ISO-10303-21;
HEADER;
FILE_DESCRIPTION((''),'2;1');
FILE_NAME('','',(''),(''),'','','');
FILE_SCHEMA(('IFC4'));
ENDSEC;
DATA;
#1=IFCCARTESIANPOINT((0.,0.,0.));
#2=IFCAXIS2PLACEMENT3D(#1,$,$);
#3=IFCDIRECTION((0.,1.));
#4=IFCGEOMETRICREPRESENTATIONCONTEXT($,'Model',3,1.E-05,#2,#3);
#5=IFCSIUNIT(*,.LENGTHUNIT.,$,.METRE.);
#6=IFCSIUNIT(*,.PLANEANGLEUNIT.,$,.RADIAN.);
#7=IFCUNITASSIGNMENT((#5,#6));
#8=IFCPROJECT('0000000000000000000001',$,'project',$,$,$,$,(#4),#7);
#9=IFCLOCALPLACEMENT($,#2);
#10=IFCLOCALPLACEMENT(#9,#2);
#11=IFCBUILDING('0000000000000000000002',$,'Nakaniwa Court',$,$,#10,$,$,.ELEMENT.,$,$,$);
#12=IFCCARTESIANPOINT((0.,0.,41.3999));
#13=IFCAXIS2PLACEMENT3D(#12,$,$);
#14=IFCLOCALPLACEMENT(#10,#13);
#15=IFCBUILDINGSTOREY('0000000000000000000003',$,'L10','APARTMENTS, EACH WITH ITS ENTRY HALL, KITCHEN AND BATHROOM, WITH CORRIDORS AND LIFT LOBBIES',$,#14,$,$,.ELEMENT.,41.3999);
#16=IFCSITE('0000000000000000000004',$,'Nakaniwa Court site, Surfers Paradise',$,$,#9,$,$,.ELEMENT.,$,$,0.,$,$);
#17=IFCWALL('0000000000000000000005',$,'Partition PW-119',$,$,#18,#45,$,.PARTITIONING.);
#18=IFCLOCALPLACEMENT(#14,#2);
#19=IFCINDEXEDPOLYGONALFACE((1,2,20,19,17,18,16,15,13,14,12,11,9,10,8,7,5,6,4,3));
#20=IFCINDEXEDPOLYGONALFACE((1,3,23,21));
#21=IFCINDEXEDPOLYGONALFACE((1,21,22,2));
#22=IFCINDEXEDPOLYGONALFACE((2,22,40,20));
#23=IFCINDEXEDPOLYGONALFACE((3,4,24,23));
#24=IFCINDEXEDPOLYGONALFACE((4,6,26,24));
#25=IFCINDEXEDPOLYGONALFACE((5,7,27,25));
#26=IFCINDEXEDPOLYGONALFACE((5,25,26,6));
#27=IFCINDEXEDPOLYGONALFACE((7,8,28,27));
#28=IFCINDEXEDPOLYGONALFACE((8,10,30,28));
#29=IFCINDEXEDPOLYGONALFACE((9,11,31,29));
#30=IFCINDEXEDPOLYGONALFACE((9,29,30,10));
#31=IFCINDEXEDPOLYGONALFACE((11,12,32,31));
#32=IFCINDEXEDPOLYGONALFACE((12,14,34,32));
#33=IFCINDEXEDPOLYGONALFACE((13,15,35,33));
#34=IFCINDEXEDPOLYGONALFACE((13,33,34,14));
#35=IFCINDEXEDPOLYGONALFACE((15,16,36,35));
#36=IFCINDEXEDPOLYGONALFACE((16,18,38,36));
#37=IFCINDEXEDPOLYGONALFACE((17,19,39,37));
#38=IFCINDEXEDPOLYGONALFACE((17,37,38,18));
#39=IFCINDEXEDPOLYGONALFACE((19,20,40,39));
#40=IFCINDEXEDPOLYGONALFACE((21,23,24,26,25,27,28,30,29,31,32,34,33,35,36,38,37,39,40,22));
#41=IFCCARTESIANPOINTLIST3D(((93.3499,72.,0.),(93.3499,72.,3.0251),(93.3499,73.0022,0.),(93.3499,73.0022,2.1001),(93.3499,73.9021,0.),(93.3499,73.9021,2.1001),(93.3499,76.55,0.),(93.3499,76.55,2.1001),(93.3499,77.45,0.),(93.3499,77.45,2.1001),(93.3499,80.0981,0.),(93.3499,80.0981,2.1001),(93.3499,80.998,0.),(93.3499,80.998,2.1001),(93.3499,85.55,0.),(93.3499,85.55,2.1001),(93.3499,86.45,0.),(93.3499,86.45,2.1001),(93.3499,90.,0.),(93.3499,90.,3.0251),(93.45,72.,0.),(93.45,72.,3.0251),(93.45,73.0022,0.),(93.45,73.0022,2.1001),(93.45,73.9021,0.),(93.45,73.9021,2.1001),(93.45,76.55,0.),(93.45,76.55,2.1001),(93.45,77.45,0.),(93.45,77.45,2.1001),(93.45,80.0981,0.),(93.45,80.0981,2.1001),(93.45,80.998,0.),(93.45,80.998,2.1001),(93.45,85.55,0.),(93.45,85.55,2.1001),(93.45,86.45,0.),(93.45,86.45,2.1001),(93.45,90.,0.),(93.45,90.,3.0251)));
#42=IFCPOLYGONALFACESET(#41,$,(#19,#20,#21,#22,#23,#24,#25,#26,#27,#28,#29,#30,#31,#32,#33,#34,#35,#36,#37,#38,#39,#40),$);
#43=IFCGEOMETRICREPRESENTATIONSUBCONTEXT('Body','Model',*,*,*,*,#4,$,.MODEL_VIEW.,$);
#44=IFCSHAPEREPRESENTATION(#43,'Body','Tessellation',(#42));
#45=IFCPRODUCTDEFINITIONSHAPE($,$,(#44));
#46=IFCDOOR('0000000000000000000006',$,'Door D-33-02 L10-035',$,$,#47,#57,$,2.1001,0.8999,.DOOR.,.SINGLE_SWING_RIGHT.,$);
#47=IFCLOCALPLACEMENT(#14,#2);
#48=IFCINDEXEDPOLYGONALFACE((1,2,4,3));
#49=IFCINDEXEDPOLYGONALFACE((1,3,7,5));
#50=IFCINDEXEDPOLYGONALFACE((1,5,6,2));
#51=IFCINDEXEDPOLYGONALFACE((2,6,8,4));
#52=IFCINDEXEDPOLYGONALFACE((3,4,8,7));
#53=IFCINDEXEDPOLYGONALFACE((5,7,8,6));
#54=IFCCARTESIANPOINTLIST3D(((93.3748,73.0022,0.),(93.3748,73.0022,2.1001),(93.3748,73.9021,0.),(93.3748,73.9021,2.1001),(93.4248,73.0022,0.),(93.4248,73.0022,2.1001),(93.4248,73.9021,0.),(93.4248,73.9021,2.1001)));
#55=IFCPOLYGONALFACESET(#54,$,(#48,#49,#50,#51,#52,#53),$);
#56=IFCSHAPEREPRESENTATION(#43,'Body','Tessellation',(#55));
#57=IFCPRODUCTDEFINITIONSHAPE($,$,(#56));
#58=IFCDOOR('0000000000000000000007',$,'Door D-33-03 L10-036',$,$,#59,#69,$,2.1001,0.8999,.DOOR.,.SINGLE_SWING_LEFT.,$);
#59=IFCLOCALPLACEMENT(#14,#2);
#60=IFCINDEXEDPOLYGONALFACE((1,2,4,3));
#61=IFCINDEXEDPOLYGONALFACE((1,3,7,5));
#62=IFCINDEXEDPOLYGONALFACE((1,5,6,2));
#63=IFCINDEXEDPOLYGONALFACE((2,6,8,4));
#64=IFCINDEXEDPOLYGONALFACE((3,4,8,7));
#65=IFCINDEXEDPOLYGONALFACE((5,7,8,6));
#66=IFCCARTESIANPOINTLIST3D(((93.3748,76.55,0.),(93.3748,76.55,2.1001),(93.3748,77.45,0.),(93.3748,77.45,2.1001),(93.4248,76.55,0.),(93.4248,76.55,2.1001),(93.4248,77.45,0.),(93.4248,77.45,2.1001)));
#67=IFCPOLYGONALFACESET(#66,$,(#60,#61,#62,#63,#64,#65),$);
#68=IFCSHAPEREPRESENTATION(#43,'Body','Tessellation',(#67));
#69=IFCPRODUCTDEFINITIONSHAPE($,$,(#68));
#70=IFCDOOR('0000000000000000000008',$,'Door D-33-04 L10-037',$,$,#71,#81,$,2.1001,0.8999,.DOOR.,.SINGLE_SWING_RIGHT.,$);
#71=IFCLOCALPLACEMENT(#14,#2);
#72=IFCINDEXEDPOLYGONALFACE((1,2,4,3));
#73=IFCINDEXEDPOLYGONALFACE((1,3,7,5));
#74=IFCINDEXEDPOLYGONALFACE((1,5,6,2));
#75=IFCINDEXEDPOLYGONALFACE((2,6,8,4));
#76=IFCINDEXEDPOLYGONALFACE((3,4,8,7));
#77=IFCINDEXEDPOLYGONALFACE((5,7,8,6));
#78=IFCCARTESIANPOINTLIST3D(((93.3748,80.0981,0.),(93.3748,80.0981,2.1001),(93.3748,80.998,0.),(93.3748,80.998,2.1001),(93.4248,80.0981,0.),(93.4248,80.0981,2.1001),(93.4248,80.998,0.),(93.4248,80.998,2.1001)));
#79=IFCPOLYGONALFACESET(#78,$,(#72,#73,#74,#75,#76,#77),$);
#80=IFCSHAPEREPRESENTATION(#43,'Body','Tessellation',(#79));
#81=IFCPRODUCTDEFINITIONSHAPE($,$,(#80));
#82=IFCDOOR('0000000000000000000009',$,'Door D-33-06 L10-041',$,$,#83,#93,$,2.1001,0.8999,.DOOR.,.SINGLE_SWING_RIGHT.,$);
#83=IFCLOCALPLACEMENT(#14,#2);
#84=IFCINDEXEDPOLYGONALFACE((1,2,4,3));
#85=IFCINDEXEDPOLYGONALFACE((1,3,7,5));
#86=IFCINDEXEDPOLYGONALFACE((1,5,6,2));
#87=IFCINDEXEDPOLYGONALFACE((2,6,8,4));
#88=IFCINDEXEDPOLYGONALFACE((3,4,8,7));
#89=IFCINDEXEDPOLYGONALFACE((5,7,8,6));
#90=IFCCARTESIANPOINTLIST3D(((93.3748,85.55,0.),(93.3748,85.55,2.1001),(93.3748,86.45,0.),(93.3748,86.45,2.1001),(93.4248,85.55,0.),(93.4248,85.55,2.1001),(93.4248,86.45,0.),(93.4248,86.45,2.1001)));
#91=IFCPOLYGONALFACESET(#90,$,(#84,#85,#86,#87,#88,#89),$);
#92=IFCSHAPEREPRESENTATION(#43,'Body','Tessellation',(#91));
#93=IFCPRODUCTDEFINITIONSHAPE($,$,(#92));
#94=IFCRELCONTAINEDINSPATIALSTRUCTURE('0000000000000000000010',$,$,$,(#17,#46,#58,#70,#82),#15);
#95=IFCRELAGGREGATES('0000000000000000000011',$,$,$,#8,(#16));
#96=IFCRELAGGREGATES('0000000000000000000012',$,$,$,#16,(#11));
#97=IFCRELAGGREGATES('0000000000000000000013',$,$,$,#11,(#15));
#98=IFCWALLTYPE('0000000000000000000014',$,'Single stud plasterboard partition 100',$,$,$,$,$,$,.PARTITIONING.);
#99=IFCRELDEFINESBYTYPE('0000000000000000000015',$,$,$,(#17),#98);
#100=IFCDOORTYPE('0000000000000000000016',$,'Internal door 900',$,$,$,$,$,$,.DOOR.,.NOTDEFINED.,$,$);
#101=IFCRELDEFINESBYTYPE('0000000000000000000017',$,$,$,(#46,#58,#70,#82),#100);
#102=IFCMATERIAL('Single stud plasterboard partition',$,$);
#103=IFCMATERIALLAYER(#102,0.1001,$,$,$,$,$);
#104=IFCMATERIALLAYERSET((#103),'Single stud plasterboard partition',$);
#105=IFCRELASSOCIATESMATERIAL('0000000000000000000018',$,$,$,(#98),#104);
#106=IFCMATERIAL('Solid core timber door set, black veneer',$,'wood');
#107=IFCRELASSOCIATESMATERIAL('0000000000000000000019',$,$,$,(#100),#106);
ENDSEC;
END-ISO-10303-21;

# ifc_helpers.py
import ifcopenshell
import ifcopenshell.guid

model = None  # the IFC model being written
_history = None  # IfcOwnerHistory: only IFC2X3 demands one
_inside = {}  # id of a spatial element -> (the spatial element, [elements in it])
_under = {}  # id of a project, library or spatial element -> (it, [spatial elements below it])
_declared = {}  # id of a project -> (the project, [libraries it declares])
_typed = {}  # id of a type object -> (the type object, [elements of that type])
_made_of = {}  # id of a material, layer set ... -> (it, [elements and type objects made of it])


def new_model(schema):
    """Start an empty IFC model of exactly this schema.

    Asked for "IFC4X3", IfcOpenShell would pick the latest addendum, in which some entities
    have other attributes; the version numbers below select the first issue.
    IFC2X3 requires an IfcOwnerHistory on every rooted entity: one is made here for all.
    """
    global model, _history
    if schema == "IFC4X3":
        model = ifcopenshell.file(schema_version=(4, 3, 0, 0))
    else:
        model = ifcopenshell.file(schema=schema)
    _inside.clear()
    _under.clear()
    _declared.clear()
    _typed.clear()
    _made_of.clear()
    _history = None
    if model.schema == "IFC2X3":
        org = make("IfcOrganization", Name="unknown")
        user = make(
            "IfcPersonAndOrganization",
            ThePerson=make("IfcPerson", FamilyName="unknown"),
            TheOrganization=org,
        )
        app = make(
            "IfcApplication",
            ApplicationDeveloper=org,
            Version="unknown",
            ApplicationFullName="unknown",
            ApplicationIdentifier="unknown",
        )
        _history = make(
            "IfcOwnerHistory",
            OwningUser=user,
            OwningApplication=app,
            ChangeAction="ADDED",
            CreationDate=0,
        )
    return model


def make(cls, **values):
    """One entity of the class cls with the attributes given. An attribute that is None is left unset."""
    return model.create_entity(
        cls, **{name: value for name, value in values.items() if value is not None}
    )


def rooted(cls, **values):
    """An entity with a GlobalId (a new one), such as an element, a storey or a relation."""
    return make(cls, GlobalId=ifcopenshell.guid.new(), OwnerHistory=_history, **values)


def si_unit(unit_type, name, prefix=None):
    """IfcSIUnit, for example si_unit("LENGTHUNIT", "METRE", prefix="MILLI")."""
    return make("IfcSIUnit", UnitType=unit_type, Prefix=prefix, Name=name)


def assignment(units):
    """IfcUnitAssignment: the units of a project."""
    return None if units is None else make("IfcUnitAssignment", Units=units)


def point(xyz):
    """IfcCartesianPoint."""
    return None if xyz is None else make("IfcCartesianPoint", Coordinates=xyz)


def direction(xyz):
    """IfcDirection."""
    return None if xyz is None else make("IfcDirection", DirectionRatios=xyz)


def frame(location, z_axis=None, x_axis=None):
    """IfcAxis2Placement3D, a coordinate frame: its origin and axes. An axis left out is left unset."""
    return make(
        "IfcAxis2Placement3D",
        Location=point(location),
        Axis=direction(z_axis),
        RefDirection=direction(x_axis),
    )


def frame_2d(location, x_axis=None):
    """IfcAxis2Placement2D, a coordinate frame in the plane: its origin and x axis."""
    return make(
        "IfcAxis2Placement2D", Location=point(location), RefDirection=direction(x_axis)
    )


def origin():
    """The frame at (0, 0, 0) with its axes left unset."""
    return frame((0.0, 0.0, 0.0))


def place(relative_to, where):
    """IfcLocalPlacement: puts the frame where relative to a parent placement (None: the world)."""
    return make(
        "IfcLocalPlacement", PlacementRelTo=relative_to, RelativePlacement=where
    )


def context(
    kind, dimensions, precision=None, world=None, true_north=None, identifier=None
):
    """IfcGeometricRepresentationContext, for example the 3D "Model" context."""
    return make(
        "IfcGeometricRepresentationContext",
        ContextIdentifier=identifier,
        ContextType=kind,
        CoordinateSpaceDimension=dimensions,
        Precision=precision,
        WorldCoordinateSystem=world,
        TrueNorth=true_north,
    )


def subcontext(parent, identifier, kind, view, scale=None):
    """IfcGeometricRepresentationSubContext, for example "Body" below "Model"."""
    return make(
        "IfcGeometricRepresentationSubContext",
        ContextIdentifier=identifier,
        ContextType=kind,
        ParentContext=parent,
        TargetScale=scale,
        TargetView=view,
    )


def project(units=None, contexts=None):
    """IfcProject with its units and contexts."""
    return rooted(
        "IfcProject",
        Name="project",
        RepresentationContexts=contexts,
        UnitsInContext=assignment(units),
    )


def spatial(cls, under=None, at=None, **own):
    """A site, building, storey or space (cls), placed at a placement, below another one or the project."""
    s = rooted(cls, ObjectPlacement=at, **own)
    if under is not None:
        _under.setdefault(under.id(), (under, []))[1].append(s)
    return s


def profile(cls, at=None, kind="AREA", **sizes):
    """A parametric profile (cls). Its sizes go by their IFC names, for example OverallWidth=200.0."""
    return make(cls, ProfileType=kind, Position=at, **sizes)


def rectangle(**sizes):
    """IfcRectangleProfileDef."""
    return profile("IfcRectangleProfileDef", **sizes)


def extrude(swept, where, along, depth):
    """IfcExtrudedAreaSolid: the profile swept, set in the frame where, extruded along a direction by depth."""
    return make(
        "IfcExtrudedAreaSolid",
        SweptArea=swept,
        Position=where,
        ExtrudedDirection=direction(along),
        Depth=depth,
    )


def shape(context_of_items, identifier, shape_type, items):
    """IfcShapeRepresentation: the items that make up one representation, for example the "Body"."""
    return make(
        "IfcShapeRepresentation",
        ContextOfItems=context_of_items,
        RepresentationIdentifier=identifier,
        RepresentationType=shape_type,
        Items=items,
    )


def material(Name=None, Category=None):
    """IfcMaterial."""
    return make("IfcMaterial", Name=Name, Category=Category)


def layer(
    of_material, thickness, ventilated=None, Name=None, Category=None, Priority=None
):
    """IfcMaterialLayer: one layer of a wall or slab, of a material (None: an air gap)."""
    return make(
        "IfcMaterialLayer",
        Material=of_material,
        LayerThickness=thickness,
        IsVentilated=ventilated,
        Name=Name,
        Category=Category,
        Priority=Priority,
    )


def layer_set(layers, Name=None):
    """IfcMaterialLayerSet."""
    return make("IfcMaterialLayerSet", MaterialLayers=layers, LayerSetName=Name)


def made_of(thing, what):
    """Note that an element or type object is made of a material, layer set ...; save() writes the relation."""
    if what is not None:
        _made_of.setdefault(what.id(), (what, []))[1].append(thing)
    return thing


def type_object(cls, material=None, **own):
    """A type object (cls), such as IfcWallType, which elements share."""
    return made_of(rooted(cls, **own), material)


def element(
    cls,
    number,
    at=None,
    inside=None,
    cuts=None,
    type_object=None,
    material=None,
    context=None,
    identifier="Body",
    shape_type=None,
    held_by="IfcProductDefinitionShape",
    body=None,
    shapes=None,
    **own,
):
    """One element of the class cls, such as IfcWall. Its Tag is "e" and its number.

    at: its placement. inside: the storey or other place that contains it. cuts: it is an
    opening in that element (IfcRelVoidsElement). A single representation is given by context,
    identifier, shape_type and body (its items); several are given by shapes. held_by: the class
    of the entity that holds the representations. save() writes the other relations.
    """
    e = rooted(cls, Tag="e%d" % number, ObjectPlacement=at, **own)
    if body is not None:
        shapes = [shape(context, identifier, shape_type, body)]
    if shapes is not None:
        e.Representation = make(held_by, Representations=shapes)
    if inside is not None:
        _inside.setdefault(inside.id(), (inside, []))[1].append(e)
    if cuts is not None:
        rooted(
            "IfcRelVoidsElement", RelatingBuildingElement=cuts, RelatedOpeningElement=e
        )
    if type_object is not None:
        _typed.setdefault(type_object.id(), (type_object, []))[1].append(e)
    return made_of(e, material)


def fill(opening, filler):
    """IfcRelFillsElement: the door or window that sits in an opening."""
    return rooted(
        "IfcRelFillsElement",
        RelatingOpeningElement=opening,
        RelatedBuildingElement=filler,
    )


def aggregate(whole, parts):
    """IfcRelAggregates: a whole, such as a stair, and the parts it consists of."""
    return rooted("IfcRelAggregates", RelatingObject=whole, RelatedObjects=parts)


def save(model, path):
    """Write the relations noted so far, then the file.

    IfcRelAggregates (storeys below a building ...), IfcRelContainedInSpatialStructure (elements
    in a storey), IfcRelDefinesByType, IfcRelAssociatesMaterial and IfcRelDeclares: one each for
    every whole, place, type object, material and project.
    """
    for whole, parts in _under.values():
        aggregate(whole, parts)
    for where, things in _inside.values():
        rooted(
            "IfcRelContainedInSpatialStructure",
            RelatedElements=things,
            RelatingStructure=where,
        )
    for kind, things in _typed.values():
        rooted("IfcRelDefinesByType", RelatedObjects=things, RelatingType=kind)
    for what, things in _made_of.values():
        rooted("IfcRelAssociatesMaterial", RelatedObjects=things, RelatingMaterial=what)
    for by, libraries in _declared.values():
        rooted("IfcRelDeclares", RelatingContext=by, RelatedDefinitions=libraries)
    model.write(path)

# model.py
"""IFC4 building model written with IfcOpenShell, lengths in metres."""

from ifc_helpers import new_model, si_unit, direction, frame, frame_2d, origin, place, context, subcontext, project, spatial, rectangle, extrude, material, layer, layer_set, type_object, element, fill, save


model = new_model("IFC4")

# Units and contexts
model_context = context("Model", 3, precision=1e-05, world=origin(), true_north=direction((0.0, 1.0)))
body_context = subcontext(model_context, "Body", "Model", "MODEL_VIEW")
ifc_project = project(units=[si_unit("LENGTHUNIT", "METRE"), si_unit("PLANEANGLEUNIT", "RADIAN")], contexts=[model_context])

# Site, building, storey
site_placement = place(None, origin())
site = spatial("IfcSite", under=ifc_project, at=site_placement, Name="Nakaniwa Court site, Surfers Paradise", CompositionType="ELEMENT", RefElevation=0.0)
building_placement = place(site_placement, origin())
building = spatial("IfcBuilding", under=site, at=building_placement, Name="Nakaniwa Court", CompositionType="ELEMENT")
storey_placement = place(building_placement, frame((0.0, 0.0, 41.3999)))
storey = spatial("IfcBuildingStorey", under=building, at=storey_placement, Name="L10", Description="APARTMENTS, EACH WITH ITS ENTRY HALL, KITCHEN AND BATHROOM, WITH CORRIDORS AND LIFT LOBBIES", CompositionType="ELEMENT", Elevation=41.3999)

# Shared definitions
ifc_material_1 = material(Name="Solid core timber door set, black veneer", Category="wood")

# Shared definitions
ifc_material_2 = material(Name="Single stud plasterboard partition")
ifc_layer_1 = layer(ifc_material_2, 0.1001)
ifc_layer_set_1 = layer_set([ifc_layer_1], Name="Single stud plasterboard partition")
wall_type_1 = type_object("IfcWallType", Name="Single stud plasterboard partition 100", PredefinedType="PARTITIONING", material=ifc_layer_set_1)
door_type_1 = type_object("IfcDoorType", Name="Internal door 900", OperationType="NOTDEFINED", PredefinedType="DOOR", material=ifc_material_1)

# Wall, openings, doors
wall_1_placement = place(storey_placement, frame((93.3999, 90.0, 0.0), z_axis=(0.0, 0.0, 1.0), x_axis=(0.0, -1.0, 0.0)))
wall_1 = element("IfcWall", 1, at=wall_1_placement, inside=storey, type_object=wall_type_1, Name="Partition PW-119", PredefinedType="PARTITIONING", context=body_context, shape_type="SweptSolid", body=[
    extrude(rectangle(XDim=18.0, YDim=0.1001, at=frame_2d((9.0, 0.0))), origin(), (0.0, 0.0, 1.0), 3.0251),
])
opening_1_placement = place(wall_1_placement, frame((16.0979, 0.0, 0.0)))
opening_1 = element("IfcOpeningElement", 2, at=opening_1_placement, cuts=wall_1, PredefinedType="OPENING", context=body_context, shape_type="SweptSolid", body=[
    extrude(rectangle(XDim=0.8999, YDim=2.1001, at=frame_2d((0.45, 1.05))), frame((0.0, 0.0601, 0.0), z_axis=(0.0, -1.0, 0.0), x_axis=(1.0, 0.0, 0.0)), (0.0, 0.0, 1.0), 0.1201),
])
opening_2_placement = place(wall_1_placement, frame((12.55, 0.0, 0.0)))
opening_2 = element("IfcOpeningElement", 3, at=opening_2_placement, cuts=wall_1, PredefinedType="OPENING", context=body_context, shape_type="SweptSolid", body=[
    extrude(rectangle(XDim=0.8999, YDim=2.1001, at=frame_2d((0.45, 1.05))), frame((0.0, 0.0601, 0.0), z_axis=(0.0, -1.0, 0.0), x_axis=(1.0, 0.0, 0.0)), (0.0, 0.0, 1.0), 0.1201),
])
opening_3_placement = place(wall_1_placement, frame((9.002, 0.0, 0.0)))
opening_3 = element("IfcOpeningElement", 4, at=opening_3_placement, cuts=wall_1, PredefinedType="OPENING", context=body_context, shape_type="SweptSolid", body=[
    extrude(rectangle(XDim=0.8999, YDim=2.1001, at=frame_2d((0.45, 1.05))), frame((0.0, 0.0601, 0.0), z_axis=(0.0, -1.0, 0.0), x_axis=(1.0, 0.0, 0.0)), (0.0, 0.0, 1.0), 0.1201),
])
opening_4_placement = place(wall_1_placement, frame((3.55, 0.0, 0.0)))
opening_4 = element("IfcOpeningElement", 5, at=opening_4_placement, cuts=wall_1, PredefinedType="OPENING", context=body_context, shape_type="SweptSolid", body=[
    extrude(rectangle(XDim=0.8999, YDim=2.1001, at=frame_2d((0.45, 1.05))), frame((0.0, 0.0601, 0.0), z_axis=(0.0, -1.0, 0.0), x_axis=(1.0, 0.0, 0.0)), (0.0, 0.0, 1.0), 0.1201),
])
door_1_placement = place(opening_1_placement, origin())
door_1 = element("IfcDoor", 6, at=door_1_placement, inside=storey, type_object=door_type_1, Name="Door D-33-02 L10-035", OperationType="SINGLE_SWING_RIGHT", OverallHeight=2.1001, OverallWidth=0.8999, PredefinedType="DOOR", context=body_context, shape_type="SweptSolid", body=[
    extrude(rectangle(XDim=0.8999, YDim=2.1001, at=frame_2d((0.45, 1.05))), frame((0.0, 0.0249, 0.0), z_axis=(0.0, -1.0, 0.0), x_axis=(1.0, 0.0, 0.0)), (0.0, 0.0, 1.0), 0.05),
])
fill(opening_1, door_1)
door_2_placement = place(opening_2_placement, origin())
door_2 = element("IfcDoor", 7, at=door_2_placement, inside=storey, type_object=door_type_1, Name="Door D-33-03 L10-036", OperationType="SINGLE_SWING_LEFT", OverallHeight=2.1001, OverallWidth=0.8999, PredefinedType="DOOR", context=body_context, shape_type="SweptSolid", body=[
    extrude(rectangle(XDim=0.8999, YDim=2.1001, at=frame_2d((0.45, 1.05))), frame((0.0, 0.0249, 0.0), z_axis=(0.0, -1.0, 0.0), x_axis=(1.0, 0.0, 0.0)), (0.0, 0.0, 1.0), 0.05),
])
fill(opening_2, door_2)
door_3_placement = place(opening_3_placement, origin())
door_3 = element("IfcDoor", 8, at=door_3_placement, inside=storey, type_object=door_type_1, Name="Door D-33-04 L10-037", OperationType="SINGLE_SWING_RIGHT", OverallHeight=2.1001, OverallWidth=0.8999, PredefinedType="DOOR", context=body_context, shape_type="SweptSolid", body=[
    extrude(rectangle(XDim=0.8999, YDim=2.1001, at=frame_2d((0.45, 1.05))), frame((0.0, 0.0249, 0.0), z_axis=(0.0, -1.0, 0.0), x_axis=(1.0, 0.0, 0.0)), (0.0, 0.0, 1.0), 0.05),
])
fill(opening_3, door_3)
door_4_placement = place(opening_4_placement, origin())
door_4 = element("IfcDoor", 9, at=door_4_placement, inside=storey, type_object=door_type_1, Name="Door D-33-06 L10-041", OperationType="SINGLE_SWING_RIGHT", OverallHeight=2.1001, OverallWidth=0.8999, PredefinedType="DOOR", context=body_context, shape_type="SweptSolid", body=[
    extrude(rectangle(XDim=0.8999, YDim=2.1001, at=frame_2d((0.45, 1.05))), frame((0.0, 0.0249, 0.0), z_axis=(0.0, -1.0, 0.0), x_axis=(1.0, 0.0, 0.0)), (0.0, 0.0, 1.0), 0.05),
])
fill(opening_4, door_4)

save(model, "model.ifc")
